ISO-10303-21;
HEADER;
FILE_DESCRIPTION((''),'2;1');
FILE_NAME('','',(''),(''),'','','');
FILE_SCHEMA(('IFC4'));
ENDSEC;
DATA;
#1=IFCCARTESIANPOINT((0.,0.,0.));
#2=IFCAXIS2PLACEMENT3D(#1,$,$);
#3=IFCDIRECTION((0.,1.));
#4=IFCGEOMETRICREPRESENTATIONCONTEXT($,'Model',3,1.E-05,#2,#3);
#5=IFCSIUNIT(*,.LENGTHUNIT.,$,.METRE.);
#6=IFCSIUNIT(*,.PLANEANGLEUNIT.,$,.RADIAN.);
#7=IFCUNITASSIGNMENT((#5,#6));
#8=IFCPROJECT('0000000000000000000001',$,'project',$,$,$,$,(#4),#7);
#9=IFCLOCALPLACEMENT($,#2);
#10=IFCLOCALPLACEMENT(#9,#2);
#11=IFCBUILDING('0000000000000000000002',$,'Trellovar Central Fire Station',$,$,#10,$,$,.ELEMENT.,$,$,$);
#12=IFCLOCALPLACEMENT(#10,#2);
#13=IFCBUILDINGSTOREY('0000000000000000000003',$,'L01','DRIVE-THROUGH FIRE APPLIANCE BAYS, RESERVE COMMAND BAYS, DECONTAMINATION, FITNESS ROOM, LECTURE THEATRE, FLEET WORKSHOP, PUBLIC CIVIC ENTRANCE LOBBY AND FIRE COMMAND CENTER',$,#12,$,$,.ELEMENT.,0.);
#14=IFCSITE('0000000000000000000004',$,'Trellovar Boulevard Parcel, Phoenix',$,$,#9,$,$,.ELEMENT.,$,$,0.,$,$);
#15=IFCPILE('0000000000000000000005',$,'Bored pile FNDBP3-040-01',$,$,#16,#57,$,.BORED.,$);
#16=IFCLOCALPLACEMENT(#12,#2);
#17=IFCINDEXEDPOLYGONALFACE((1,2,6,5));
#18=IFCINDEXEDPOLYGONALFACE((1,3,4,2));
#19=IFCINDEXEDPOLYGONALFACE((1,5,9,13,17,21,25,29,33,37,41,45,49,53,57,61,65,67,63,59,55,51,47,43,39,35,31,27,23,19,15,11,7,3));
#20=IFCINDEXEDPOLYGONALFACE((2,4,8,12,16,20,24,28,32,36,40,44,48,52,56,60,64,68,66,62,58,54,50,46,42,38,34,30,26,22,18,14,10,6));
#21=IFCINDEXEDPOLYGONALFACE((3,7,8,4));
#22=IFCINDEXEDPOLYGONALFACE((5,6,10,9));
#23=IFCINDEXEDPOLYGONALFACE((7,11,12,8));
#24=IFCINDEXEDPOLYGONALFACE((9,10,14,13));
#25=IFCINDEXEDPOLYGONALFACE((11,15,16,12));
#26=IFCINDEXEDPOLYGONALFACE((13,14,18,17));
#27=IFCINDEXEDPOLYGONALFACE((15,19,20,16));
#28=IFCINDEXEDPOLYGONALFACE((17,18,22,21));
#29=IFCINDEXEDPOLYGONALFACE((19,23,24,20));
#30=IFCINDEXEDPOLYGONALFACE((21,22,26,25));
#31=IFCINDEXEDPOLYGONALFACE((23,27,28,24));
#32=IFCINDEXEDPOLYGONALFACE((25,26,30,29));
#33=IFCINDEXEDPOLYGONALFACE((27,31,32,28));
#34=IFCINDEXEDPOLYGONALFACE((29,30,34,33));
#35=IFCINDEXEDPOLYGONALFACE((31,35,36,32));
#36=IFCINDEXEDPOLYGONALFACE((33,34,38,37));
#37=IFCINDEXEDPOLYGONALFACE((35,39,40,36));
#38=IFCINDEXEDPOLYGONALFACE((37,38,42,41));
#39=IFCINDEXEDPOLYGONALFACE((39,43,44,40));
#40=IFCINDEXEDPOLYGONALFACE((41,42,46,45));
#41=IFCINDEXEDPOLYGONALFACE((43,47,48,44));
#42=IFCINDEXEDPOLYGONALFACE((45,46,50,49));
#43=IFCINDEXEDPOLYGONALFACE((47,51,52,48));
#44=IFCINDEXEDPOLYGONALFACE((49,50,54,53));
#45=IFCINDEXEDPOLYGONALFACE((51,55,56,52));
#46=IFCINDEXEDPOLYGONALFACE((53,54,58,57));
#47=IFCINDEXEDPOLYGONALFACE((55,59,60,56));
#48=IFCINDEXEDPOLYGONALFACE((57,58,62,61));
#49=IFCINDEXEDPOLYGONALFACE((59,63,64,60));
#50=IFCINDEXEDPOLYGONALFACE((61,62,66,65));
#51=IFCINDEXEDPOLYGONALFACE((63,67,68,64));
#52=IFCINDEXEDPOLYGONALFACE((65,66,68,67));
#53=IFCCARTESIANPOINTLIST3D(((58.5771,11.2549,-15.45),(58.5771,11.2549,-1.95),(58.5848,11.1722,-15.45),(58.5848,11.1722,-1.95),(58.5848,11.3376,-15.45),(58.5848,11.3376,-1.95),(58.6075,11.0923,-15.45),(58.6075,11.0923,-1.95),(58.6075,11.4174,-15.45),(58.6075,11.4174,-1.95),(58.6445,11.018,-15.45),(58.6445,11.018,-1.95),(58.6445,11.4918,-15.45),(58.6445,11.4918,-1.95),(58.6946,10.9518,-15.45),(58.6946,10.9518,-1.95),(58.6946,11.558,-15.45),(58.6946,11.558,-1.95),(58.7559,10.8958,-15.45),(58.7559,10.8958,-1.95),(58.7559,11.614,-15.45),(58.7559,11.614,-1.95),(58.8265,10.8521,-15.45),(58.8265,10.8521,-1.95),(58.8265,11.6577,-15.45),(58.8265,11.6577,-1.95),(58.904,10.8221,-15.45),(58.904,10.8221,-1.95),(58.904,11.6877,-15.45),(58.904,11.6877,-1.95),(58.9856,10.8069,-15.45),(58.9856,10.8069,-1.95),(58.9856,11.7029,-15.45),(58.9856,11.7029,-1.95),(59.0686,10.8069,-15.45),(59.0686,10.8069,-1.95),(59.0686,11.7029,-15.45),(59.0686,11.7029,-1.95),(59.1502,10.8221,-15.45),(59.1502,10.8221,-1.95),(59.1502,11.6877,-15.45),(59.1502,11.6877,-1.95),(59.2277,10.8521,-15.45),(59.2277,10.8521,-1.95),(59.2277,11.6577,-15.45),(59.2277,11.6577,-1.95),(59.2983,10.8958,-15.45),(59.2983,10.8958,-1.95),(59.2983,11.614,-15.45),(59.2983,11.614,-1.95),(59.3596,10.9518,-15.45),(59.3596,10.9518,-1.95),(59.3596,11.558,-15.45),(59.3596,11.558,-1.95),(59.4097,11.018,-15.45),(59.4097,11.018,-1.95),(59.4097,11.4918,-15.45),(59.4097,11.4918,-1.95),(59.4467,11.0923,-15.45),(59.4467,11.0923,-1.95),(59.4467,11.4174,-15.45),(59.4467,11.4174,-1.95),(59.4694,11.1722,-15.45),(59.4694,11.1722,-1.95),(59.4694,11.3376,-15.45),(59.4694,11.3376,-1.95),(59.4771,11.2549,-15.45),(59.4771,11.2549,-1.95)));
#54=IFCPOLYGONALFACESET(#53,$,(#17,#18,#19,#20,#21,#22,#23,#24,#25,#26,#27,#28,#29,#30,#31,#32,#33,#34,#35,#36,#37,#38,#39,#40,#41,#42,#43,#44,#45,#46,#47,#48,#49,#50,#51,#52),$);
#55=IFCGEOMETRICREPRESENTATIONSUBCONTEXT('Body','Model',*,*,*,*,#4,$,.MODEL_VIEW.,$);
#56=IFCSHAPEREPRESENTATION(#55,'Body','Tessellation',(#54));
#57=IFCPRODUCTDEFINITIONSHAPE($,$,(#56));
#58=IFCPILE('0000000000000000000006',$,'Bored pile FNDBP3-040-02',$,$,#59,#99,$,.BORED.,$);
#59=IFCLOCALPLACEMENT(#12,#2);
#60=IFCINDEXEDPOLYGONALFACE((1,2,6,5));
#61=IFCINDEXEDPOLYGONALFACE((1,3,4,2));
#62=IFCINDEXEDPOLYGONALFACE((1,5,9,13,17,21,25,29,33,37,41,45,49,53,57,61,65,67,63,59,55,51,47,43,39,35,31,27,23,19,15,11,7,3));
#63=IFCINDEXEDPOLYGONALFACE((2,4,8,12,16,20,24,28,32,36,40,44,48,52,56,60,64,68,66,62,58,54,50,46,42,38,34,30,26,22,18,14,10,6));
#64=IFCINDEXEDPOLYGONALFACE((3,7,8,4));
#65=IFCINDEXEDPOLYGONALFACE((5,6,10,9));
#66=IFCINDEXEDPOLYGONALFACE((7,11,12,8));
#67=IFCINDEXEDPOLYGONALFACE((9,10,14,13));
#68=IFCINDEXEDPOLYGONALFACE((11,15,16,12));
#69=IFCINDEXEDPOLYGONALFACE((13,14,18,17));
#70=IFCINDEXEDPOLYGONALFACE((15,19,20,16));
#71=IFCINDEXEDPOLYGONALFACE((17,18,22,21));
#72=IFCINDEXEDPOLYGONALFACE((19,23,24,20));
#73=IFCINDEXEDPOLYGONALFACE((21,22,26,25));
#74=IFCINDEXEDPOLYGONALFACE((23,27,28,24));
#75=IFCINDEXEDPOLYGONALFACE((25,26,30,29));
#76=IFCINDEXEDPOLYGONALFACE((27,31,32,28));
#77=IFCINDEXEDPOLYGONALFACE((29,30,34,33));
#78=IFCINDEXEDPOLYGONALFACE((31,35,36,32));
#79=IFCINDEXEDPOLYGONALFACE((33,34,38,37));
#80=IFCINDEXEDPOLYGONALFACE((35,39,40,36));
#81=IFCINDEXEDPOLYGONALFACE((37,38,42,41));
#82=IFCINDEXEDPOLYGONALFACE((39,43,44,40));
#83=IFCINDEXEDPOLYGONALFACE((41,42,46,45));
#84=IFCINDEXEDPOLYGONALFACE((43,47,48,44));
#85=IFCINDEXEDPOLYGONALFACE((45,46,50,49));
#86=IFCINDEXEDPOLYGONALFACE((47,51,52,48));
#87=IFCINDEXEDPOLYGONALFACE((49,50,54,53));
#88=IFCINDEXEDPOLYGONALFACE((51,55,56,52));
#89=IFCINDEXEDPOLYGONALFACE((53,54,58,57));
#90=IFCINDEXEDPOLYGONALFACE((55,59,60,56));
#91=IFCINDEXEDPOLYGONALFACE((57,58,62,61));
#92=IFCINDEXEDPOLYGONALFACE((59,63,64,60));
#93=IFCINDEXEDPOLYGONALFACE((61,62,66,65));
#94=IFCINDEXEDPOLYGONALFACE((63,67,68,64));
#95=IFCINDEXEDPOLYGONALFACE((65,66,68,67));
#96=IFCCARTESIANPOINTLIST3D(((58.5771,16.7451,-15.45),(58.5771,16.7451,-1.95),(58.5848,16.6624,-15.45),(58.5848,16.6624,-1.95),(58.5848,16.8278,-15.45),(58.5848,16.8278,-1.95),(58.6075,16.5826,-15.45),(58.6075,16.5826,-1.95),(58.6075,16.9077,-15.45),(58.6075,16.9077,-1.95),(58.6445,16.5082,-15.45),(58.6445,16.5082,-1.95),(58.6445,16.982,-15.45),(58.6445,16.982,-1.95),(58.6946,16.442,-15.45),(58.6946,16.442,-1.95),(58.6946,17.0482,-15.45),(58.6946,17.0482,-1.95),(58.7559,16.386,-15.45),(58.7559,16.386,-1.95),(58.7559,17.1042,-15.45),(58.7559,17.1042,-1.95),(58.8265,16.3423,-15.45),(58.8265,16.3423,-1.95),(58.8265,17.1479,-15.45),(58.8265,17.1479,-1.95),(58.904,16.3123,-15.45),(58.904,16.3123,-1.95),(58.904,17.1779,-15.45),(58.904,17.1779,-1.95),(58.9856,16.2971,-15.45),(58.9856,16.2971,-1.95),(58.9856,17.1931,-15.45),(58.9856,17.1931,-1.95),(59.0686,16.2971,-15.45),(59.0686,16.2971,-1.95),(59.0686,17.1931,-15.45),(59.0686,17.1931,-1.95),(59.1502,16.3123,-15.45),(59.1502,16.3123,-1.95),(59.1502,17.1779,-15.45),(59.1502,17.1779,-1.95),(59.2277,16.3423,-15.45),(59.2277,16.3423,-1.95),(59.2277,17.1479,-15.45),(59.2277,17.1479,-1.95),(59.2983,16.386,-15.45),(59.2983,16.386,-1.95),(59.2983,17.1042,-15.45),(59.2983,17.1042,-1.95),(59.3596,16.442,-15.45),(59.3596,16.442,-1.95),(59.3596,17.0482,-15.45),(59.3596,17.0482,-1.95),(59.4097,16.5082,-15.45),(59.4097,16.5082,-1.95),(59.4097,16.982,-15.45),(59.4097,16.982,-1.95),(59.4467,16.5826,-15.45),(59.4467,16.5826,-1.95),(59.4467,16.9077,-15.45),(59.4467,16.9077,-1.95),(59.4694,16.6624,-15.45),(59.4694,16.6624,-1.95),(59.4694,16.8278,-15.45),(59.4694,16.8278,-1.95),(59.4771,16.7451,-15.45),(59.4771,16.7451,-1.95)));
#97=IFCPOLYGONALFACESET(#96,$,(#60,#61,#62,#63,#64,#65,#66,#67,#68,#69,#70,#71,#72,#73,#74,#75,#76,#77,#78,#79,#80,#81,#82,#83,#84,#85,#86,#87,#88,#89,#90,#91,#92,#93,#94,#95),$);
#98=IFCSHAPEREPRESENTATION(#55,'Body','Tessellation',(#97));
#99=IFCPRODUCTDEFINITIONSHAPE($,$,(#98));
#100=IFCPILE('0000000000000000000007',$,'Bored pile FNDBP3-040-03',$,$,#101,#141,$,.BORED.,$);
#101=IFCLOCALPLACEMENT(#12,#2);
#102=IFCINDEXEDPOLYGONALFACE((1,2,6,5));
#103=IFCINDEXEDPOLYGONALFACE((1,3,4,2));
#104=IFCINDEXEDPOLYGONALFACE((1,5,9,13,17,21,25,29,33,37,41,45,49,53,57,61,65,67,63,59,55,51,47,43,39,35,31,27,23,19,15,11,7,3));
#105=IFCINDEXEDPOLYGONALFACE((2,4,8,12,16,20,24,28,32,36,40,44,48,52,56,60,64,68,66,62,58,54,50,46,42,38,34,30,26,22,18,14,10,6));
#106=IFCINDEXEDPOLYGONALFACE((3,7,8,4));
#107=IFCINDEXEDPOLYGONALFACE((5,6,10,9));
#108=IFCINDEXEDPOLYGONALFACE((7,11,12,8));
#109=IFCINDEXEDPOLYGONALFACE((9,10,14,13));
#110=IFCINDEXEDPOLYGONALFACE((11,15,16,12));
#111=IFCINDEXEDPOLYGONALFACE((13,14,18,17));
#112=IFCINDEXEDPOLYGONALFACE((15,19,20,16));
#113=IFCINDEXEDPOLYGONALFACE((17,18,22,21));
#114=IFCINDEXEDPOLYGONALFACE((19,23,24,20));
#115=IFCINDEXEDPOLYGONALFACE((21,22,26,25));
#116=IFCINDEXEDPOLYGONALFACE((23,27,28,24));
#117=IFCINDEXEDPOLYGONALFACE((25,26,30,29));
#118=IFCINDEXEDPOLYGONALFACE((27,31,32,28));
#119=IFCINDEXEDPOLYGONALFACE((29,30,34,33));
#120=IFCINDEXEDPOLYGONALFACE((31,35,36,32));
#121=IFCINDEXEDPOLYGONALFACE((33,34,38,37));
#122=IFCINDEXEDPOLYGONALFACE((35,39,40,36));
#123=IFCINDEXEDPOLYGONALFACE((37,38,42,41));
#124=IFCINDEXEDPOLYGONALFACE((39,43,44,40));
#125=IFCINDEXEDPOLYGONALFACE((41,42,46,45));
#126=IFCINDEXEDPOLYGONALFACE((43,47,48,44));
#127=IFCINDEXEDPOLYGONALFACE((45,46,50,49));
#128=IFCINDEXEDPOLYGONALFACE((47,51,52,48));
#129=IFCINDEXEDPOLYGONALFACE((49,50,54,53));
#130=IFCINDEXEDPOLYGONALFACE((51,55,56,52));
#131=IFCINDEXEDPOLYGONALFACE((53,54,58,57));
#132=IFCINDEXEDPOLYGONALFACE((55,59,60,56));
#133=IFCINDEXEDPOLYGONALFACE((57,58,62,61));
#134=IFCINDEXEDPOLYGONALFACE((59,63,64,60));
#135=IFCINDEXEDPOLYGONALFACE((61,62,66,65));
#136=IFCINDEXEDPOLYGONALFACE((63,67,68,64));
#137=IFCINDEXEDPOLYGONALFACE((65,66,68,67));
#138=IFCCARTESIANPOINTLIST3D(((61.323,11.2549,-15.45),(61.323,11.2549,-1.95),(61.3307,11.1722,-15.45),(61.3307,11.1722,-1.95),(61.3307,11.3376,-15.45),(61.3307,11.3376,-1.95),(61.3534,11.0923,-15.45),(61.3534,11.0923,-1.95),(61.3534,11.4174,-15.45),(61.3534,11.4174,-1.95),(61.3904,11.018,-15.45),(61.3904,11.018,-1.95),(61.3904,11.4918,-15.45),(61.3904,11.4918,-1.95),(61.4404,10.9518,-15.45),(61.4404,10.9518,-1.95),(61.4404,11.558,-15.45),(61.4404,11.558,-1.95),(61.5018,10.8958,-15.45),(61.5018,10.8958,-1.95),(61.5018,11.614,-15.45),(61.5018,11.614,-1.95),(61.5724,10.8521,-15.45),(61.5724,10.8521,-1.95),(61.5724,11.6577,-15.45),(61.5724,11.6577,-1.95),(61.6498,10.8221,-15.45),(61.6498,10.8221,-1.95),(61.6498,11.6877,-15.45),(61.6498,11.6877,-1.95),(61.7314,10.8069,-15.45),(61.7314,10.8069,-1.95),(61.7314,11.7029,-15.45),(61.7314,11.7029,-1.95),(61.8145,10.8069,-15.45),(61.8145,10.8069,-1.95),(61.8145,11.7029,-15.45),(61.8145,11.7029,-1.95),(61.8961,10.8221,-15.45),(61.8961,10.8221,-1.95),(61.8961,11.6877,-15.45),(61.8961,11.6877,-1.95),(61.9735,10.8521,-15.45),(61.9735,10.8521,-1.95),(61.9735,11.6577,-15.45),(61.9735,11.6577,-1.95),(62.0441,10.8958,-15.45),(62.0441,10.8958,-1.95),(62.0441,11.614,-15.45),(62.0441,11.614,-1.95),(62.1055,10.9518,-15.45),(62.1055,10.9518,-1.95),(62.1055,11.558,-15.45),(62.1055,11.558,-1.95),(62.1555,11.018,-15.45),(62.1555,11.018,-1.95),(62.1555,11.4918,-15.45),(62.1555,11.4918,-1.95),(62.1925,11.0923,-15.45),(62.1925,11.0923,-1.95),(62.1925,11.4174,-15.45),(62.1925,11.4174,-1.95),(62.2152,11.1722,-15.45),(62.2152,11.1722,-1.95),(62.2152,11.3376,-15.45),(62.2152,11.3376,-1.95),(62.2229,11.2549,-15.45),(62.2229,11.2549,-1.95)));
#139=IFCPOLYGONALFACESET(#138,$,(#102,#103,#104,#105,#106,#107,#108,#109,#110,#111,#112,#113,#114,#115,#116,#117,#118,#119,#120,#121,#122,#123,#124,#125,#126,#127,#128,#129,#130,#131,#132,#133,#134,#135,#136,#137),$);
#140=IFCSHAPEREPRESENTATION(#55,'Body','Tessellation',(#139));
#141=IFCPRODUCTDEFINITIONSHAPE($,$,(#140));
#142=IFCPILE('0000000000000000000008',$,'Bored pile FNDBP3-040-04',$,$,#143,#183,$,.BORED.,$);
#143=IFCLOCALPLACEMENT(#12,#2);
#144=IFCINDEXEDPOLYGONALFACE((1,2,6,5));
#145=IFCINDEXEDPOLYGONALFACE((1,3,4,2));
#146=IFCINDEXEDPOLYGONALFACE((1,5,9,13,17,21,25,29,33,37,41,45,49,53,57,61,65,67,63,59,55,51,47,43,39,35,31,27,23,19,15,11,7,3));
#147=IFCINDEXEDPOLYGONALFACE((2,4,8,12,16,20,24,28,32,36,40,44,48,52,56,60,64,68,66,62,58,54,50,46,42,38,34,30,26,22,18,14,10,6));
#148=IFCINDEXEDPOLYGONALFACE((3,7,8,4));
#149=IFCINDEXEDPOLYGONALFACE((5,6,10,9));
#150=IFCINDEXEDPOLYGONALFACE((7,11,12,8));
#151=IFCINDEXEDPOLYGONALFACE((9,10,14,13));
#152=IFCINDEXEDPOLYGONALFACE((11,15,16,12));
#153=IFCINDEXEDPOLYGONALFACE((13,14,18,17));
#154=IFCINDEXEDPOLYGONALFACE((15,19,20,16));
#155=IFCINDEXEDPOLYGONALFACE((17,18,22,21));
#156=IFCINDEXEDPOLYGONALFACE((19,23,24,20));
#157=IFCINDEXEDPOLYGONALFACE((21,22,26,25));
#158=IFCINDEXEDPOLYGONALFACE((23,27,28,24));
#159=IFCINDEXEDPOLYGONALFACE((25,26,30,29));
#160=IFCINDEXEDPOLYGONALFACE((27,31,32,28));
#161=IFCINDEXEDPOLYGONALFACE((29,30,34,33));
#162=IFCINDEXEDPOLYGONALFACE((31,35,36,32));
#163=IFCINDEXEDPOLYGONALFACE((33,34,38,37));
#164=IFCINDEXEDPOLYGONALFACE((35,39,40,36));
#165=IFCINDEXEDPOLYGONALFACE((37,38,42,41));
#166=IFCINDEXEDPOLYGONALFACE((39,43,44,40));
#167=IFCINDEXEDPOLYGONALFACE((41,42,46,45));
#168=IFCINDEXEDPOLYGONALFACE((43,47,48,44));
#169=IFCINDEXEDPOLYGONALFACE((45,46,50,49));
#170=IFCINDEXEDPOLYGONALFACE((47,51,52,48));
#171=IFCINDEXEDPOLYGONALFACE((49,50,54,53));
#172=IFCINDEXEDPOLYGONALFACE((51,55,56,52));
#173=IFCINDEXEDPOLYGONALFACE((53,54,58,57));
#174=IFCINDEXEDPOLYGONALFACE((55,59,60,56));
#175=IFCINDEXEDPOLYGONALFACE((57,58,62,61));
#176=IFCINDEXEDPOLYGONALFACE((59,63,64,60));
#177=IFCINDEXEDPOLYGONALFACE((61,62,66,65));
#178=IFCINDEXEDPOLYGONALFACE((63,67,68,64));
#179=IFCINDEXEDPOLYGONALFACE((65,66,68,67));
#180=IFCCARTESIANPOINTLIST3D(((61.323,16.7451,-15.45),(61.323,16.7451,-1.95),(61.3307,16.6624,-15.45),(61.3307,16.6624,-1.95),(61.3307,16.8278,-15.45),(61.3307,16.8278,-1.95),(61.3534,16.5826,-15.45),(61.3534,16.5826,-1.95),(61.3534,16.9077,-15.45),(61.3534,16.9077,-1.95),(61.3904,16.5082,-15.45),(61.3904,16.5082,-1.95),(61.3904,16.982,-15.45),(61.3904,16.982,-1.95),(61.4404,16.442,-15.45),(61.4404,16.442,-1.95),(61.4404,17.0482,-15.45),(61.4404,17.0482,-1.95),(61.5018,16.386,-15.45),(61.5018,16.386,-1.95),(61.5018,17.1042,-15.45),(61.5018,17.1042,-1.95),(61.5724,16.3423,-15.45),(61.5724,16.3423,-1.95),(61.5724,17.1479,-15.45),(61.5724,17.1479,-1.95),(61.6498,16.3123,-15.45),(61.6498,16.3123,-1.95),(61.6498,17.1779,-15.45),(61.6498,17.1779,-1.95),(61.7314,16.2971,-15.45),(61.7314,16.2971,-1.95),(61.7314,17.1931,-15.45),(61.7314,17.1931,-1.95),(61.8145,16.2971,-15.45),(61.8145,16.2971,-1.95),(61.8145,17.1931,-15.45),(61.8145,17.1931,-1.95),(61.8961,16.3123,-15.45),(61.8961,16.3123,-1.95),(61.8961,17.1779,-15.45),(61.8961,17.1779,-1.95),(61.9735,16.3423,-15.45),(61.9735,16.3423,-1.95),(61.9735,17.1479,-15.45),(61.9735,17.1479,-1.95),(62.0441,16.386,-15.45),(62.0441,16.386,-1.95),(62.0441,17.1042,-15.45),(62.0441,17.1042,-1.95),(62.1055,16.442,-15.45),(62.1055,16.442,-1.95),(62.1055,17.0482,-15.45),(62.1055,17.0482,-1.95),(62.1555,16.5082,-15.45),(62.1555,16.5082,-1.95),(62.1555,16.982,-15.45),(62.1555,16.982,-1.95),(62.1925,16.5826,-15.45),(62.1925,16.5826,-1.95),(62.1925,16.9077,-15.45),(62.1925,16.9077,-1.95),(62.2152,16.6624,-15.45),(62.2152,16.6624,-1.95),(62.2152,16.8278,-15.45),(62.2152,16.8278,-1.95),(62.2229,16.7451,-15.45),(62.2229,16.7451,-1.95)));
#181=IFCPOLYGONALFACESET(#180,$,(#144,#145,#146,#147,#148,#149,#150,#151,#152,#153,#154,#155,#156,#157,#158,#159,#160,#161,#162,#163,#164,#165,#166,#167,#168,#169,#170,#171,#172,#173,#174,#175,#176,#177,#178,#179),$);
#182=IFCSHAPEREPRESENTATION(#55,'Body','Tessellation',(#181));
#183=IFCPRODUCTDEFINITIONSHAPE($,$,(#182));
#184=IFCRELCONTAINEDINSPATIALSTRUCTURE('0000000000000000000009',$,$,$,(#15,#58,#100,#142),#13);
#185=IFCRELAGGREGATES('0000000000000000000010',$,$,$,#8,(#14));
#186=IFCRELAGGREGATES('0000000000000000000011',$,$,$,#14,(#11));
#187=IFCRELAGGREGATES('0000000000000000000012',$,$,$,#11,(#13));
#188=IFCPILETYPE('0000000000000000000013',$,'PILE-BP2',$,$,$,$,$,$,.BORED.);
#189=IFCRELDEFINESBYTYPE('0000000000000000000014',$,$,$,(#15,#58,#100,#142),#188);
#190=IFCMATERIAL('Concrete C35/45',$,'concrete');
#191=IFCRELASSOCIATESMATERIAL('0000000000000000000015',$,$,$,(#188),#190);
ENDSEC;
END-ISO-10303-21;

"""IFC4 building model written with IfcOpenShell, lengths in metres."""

from ifc_helpers import new_model, si_unit, direction, frame, origin, origin_2d, place, context, subcontext, project, spatial, circle, extrude, material, material_profile, profile_set, type_object, element, save


model = new_model("IFC4")

# Units and contexts
model_context = context("Model", 3, precision=1e-05, world=origin(), true_north=direction((0.0, 1.0)))
body_context = subcontext(model_context, "Body", "Model", "MODEL_VIEW")
ifc_project = project(units=[si_unit("LENGTHUNIT", "METRE"), si_unit("PLANEANGLEUNIT", "RADIAN")], contexts=[model_context])

# Site, building, storey
site_placement = place(None, origin())
site = spatial("IfcSite", under=ifc_project, at=site_placement, Name="Trellovar Boulevard Parcel, Phoenix", CompositionType="ELEMENT", RefElevation=0.0)
building_placement = place(site_placement, origin())
building = spatial("IfcBuilding", under=site, at=building_placement, Name="Trellovar Central Fire Station", CompositionType="ELEMENT")
storey_placement = place(building_placement, origin())
storey = spatial("IfcBuildingStorey", under=building, at=storey_placement, Name="L01", Description="DRIVE-THROUGH FIRE APPLIANCE BAYS, RESERVE COMMAND BAYS, DECONTAMINATION, FITNESS ROOM, LECTURE THEATRE, FLEET WORKSHOP, PUBLIC CIVIC ENTRANCE LOBBY AND FIRE COMMAND CENTER", CompositionType="ELEMENT", Elevation=0.0)

# Piles
ifc_material_1 = material(Name="Concrete C35/45", Category="concrete")
ifc_material_profile_1 = material_profile(ifc_material_1, circle(Radius=0.45, at=origin_2d()), Name="PILE900")
ifc_profile_set_1 = profile_set([ifc_material_profile_1], Name="Concrete C35/45")
pile_type = type_object("IfcPileType", Name="PILE-BP2", PredefinedType="BORED", material=ifc_profile_set_1)
for number, where, z_axis, x_axis, name in (
    (1, (59.0271, 11.2549, -1.95), (0.0, 0.0, -1.0), (1.0, 0.0, 0.0), "Bored pile FNDBP3-040-01"),
    (2, (59.0271, 16.7451, -1.95), (0.0, 0.0, -1.0), (1.0, 0.0, 0.0), "Bored pile FNDBP3-040-02"),
    (3, (61.7729, 11.2549, -1.95), (0.0, 0.0, -1.0), (1.0, 0.0, 0.0), "Bored pile FNDBP3-040-03"),
    (4, (61.7729, 16.7451, -1.95), (0.0, 0.0, -1.0), (1.0, 0.0, 0.0), "Bored pile FNDBP3-040-04"),
):
    element("IfcPile", number, at=place(storey_placement, frame(where, z_axis=z_axis, x_axis=x_axis)), inside=storey, type_object=pile_type, Name=name, PredefinedType="BORED", context=body_context, shape_type="SweptSolid", body=[
        extrude(circle(Radius=0.45, at=origin_2d()), origin(), (0.0, 0.0, 1.0), 13.5),
    ])

save(model, "model.ifc")
